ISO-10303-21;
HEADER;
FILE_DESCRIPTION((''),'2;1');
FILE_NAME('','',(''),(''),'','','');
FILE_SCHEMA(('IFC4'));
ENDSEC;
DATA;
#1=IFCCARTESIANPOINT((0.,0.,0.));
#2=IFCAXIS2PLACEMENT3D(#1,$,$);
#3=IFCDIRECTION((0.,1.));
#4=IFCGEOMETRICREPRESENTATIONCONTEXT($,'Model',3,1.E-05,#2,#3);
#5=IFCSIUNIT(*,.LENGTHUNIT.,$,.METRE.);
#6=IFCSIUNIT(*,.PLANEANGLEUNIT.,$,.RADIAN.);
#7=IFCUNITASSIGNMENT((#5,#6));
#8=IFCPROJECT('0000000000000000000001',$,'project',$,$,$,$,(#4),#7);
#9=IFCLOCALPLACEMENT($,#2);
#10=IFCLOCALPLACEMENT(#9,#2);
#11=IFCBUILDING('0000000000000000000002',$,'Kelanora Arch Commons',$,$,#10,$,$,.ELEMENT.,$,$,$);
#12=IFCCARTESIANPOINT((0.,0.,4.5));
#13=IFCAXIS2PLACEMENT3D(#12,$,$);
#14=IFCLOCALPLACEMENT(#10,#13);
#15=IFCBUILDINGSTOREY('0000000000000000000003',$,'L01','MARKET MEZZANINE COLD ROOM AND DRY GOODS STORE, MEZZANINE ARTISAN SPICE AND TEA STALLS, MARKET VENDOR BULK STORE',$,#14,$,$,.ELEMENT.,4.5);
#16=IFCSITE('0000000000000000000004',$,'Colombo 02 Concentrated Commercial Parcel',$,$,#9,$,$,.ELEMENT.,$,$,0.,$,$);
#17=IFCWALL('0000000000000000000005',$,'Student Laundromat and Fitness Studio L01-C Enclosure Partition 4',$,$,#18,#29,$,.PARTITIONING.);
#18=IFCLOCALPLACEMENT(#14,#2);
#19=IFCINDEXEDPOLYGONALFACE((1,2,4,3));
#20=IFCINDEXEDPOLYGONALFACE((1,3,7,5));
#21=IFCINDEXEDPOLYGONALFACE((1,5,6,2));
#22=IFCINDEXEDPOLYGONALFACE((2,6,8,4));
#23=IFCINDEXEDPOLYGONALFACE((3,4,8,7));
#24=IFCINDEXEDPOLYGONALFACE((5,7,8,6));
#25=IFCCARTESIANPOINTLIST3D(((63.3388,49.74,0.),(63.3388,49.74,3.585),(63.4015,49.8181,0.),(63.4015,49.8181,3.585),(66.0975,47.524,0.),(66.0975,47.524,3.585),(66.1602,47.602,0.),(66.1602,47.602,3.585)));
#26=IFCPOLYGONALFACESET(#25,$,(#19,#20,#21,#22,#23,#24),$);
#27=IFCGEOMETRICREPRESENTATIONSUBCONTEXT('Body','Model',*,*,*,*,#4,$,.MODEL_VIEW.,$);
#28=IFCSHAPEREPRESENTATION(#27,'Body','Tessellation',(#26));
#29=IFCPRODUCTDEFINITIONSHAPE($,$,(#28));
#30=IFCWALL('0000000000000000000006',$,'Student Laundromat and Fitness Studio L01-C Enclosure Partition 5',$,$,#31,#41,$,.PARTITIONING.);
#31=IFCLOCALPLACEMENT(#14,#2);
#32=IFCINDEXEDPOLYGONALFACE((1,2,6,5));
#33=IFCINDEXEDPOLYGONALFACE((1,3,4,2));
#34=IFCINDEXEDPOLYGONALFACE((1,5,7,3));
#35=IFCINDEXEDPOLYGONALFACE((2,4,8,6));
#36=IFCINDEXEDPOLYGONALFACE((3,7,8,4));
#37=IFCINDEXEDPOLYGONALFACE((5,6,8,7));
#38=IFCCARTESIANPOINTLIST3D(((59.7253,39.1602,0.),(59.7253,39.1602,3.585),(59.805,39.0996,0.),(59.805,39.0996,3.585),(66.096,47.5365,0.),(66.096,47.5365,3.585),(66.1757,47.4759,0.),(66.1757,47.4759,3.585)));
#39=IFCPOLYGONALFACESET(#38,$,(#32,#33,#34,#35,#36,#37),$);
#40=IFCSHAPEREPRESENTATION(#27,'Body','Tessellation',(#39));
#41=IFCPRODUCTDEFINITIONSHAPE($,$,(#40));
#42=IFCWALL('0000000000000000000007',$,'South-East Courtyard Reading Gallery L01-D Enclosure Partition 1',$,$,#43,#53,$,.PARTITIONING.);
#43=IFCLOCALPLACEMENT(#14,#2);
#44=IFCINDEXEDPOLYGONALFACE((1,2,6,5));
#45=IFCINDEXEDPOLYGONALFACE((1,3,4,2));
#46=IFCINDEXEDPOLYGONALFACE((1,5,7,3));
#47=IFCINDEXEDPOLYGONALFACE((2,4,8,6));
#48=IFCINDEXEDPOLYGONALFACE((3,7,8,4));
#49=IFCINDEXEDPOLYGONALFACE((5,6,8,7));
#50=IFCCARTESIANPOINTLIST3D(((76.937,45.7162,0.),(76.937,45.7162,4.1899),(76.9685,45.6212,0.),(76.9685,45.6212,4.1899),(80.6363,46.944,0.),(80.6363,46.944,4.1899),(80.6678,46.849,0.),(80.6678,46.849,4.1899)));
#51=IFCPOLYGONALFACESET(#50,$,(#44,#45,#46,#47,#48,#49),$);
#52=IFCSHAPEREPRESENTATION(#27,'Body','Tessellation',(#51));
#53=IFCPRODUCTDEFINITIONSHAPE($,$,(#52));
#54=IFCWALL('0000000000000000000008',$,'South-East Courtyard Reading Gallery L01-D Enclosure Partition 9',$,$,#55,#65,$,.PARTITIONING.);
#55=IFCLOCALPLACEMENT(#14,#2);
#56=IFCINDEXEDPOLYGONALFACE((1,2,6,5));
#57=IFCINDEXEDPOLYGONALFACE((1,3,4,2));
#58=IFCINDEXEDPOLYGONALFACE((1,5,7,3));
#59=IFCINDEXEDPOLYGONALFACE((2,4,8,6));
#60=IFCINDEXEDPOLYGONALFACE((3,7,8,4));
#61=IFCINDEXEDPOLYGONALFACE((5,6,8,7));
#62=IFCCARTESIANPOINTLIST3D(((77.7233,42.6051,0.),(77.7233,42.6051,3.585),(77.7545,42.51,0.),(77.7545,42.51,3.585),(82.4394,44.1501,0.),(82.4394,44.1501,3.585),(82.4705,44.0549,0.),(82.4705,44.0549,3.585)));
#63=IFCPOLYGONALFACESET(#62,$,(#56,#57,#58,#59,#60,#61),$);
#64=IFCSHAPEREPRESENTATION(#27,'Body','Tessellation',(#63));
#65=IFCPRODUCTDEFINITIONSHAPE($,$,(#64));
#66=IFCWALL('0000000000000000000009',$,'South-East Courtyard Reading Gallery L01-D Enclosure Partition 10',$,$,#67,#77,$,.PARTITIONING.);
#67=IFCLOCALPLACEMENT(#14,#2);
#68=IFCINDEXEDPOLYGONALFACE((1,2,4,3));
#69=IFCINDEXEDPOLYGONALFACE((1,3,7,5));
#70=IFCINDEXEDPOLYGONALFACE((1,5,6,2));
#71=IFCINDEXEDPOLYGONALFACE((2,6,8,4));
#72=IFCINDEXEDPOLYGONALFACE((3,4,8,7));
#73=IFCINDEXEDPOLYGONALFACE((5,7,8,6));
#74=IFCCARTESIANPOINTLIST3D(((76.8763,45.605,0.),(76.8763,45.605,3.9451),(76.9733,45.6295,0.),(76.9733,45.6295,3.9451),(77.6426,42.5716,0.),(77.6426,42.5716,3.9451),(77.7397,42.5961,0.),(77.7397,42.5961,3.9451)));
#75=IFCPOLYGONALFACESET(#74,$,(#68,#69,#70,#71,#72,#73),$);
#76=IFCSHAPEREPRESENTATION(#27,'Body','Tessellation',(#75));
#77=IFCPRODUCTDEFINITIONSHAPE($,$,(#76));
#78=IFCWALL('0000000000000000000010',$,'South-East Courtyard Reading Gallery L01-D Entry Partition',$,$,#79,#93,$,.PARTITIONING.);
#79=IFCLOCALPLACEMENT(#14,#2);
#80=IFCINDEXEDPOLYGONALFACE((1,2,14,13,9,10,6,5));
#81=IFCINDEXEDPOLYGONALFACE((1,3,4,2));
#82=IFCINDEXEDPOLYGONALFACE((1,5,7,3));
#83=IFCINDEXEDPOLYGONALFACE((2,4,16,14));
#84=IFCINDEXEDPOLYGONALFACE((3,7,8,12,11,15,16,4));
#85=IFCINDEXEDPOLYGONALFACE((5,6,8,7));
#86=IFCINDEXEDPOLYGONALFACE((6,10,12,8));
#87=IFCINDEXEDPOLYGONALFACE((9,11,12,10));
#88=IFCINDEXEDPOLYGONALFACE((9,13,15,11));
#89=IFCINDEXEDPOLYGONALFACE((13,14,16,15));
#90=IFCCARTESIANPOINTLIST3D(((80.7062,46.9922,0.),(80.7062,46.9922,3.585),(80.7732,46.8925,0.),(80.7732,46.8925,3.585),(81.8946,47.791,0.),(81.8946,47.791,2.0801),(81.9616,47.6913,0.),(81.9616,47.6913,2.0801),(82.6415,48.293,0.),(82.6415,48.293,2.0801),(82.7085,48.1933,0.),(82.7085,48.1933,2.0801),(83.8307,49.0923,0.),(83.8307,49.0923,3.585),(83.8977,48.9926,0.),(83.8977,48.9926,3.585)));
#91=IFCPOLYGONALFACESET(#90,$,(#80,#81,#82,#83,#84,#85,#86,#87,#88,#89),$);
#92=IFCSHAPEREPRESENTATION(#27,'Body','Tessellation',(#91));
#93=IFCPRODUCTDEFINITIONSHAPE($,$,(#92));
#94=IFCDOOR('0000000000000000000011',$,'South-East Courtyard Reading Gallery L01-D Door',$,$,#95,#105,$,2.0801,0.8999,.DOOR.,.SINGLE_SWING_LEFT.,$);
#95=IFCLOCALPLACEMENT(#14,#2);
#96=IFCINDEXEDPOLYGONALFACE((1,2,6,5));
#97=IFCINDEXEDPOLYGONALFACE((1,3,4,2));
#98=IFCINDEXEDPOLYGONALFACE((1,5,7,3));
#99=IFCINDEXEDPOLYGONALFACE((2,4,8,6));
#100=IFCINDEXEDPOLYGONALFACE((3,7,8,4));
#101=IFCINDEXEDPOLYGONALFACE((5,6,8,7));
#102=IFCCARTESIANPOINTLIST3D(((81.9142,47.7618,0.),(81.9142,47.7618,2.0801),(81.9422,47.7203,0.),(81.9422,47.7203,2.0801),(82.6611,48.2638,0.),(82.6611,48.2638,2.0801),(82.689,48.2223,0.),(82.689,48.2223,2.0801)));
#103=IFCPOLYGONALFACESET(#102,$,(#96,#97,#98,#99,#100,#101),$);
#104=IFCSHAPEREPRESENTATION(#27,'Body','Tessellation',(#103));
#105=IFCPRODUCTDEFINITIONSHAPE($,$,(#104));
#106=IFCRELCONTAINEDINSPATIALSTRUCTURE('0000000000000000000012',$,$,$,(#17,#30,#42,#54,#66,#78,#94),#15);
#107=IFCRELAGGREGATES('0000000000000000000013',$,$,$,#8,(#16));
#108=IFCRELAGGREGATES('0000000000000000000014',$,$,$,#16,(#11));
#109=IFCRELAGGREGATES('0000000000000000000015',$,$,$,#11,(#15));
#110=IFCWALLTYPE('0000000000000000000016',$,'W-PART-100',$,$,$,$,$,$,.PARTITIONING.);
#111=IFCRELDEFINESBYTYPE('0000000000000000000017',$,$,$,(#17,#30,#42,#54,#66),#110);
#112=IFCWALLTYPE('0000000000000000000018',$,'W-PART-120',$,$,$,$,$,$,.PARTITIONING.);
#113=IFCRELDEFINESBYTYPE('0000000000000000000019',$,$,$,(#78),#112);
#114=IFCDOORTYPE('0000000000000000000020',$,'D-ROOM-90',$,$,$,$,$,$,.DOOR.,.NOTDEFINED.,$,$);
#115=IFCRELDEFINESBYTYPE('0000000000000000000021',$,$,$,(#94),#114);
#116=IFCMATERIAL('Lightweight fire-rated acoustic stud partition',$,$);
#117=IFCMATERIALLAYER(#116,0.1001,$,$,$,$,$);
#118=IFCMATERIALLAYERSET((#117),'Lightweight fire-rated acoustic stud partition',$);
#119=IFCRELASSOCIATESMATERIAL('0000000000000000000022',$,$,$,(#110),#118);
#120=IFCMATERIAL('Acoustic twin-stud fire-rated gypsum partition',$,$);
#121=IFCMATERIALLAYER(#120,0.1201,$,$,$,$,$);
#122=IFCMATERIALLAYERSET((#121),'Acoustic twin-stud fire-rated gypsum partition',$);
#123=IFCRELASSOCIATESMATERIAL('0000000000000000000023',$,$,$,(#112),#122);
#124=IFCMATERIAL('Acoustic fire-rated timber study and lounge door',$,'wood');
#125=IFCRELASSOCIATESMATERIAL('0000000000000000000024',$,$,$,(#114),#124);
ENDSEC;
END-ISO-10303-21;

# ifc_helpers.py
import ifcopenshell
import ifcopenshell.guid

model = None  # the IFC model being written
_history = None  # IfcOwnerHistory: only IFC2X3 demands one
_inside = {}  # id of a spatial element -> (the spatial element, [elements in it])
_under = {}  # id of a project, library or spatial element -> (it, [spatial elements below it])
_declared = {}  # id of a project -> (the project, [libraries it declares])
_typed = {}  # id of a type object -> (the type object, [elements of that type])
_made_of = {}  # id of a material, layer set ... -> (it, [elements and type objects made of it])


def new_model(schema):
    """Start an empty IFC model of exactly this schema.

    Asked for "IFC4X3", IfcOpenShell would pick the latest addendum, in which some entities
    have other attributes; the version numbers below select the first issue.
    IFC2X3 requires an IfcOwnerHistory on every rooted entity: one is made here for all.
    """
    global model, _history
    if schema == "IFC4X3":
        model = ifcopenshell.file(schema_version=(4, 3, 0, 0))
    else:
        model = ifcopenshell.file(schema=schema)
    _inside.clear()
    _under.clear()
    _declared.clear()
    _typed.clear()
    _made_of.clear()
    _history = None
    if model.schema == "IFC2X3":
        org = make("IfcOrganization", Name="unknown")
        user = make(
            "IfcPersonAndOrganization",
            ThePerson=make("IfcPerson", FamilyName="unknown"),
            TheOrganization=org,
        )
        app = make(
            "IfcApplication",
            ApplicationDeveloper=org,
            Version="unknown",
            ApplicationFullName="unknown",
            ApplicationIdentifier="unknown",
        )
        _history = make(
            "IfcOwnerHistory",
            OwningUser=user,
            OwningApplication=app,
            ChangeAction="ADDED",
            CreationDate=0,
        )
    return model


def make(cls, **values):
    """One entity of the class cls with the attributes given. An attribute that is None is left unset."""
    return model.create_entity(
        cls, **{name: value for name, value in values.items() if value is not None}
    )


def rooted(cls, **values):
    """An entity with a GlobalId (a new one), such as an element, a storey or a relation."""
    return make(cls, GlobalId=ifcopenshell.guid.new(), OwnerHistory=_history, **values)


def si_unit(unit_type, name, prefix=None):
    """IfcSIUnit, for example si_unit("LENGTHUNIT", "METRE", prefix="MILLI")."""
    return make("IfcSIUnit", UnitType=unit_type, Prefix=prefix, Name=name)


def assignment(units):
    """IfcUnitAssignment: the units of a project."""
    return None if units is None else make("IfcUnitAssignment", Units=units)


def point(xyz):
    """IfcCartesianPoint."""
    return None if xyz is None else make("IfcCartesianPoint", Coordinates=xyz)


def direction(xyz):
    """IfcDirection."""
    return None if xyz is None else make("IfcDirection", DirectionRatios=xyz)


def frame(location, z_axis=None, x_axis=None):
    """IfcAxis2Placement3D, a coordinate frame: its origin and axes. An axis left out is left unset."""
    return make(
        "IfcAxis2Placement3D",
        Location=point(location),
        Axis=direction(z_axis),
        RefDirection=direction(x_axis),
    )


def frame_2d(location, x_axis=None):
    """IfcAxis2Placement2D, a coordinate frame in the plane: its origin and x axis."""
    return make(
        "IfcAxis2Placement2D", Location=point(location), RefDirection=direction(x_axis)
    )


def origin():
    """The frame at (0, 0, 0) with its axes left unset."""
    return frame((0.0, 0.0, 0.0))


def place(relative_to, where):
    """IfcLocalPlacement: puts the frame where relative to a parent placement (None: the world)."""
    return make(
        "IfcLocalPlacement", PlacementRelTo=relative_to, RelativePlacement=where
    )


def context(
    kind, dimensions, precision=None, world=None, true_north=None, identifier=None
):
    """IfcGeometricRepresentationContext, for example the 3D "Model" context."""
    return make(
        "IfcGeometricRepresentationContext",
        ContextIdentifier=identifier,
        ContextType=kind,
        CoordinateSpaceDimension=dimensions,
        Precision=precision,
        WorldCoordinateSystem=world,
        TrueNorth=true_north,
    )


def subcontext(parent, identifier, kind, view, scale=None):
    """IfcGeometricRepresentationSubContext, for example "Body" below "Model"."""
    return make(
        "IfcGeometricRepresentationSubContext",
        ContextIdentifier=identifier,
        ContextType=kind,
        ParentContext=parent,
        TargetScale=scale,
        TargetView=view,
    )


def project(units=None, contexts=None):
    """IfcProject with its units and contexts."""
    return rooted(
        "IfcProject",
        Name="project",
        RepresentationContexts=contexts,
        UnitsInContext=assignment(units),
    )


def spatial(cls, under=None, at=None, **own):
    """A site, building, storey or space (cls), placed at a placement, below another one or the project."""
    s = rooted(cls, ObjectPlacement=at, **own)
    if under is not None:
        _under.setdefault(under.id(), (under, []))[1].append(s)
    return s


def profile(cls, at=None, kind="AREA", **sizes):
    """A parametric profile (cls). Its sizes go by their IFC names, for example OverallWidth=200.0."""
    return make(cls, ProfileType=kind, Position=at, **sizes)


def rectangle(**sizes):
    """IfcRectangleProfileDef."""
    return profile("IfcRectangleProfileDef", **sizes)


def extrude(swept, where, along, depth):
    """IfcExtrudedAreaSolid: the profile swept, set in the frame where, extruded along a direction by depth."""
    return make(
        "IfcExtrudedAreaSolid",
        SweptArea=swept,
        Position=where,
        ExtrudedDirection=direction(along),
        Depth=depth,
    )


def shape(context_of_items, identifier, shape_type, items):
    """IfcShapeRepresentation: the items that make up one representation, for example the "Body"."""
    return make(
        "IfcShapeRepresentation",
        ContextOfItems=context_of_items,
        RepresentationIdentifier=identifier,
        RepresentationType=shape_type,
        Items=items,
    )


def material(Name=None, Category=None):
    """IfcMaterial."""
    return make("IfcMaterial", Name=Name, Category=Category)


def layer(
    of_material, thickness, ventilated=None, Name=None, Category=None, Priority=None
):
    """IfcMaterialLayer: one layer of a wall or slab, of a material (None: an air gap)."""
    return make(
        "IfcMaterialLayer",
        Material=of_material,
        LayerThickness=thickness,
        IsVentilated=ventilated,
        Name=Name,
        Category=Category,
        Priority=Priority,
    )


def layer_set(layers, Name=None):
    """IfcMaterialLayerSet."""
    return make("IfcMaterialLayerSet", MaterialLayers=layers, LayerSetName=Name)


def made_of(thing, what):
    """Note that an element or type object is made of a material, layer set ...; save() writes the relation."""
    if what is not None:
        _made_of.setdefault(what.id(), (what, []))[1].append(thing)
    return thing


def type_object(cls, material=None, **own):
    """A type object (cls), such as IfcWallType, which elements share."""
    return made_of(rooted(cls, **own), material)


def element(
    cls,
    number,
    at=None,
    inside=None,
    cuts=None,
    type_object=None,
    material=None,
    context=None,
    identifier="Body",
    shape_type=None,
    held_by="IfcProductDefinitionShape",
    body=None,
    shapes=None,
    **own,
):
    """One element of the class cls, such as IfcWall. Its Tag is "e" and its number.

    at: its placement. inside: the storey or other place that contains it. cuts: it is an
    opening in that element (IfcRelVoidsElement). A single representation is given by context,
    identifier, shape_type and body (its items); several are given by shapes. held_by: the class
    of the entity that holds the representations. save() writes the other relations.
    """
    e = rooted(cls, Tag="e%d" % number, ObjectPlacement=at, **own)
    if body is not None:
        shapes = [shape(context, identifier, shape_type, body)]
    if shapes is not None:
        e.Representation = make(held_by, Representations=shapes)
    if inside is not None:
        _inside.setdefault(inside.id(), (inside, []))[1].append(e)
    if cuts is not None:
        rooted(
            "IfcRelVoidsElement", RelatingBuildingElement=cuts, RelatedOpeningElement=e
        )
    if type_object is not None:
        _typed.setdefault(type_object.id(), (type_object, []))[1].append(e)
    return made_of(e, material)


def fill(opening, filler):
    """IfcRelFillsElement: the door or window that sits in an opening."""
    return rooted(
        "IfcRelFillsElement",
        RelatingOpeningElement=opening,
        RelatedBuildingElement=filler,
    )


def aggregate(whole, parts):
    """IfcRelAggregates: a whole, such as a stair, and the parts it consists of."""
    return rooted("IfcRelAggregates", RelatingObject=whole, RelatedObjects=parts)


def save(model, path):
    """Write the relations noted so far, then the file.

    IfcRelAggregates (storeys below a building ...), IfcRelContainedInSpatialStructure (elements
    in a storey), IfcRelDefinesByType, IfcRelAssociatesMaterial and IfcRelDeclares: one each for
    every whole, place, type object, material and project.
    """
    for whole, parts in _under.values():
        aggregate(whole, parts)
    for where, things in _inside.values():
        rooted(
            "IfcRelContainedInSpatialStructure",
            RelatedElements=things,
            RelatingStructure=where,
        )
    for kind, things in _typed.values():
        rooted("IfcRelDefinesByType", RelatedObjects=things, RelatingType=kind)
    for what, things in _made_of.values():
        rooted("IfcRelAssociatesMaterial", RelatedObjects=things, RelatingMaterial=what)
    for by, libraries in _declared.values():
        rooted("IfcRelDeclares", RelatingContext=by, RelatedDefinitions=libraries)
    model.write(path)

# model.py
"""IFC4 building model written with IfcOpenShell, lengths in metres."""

from ifc_helpers import new_model, si_unit, direction, frame, frame_2d, origin, place, context, subcontext, project, spatial, rectangle, extrude, material, layer, layer_set, type_object, element, fill, save


model = new_model("IFC4")

# Units and contexts
model_context = context("Model", 3, precision=1e-05, world=origin(), true_north=direction((0.0, 1.0)))
body_context = subcontext(model_context, "Body", "Model", "MODEL_VIEW")
ifc_project = project(units=[si_unit("LENGTHUNIT", "METRE"), si_unit("PLANEANGLEUNIT", "RADIAN")], contexts=[model_context])

# Site, building, storey
site_placement = place(None, origin())
site = spatial("IfcSite", under=ifc_project, at=site_placement, Name="Colombo 02 Concentrated Commercial Parcel", CompositionType="ELEMENT", RefElevation=0.0)
building_placement = place(site_placement, origin())
building = spatial("IfcBuilding", under=site, at=building_placement, Name="Kelanora Arch Commons", CompositionType="ELEMENT")
storey_placement = place(building_placement, frame((0.0, 0.0, 4.5)))
storey = spatial("IfcBuildingStorey", under=building, at=storey_placement, Name="L01", Description="MARKET MEZZANINE COLD ROOM AND DRY GOODS STORE, MEZZANINE ARTISAN SPICE AND TEA STALLS, MARKET VENDOR BULK STORE", CompositionType="ELEMENT", Elevation=4.5)

# Walls
ifc_material_1 = material(Name="Lightweight fire-rated acoustic stud partition")
ifc_layer_1 = layer(ifc_material_1, 0.1001)
ifc_layer_set_1 = layer_set([ifc_layer_1], Name="Lightweight fire-rated acoustic stud partition")
wall_type_1 = type_object("IfcWallType", Name="W-PART-100", PredefinedType="PARTITIONING", material=ifc_layer_set_1)
wall_1_placement = place(storey_placement, frame((63.3701, 49.7791, 0.0), z_axis=(0.0, 0.0, 1.0), x_axis=(0.779622, -0.62625, 0.0)))
element("IfcWall", 1, at=wall_1_placement, inside=storey, type_object=wall_type_1, Name="Student Laundromat and Fitness Studio L01-C Enclosure Partition 4", PredefinedType="PARTITIONING", context=body_context, shape_type="SweptSolid", body=[
    extrude(rectangle(XDim=3.5386, YDim=0.1001, at=frame_2d((1.7693, 0.0))), origin(), (0.0, 0.0, 1.0), 3.585),
])
wall_2_placement = place(storey_placement, frame((66.1357, 47.5061, 0.0), z_axis=(0.0, 0.0, 1.0), x_axis=(-0.605365, -0.795948, 0.0)))
element("IfcWall", 2, at=wall_2_placement, inside=storey, type_object=wall_type_1, Name="Student Laundromat and Fitness Studio L01-C Enclosure Partition 5", PredefinedType="PARTITIONING", context=body_context, shape_type="SweptSolid", body=[
    extrude(rectangle(XDim=10.5237, YDim=0.1001, at=frame_2d((5.2617, 0.0))), origin(), (0.0, 0.0, 1.0), 3.585),
])
wall_3_placement = place(storey_placement, frame((76.9529, 45.6687, 0.0), z_axis=(0.0, 0.0, 1.0), x_axis=(0.94909, 0.315006, 0.0)))
element("IfcWall", 3, at=wall_3_placement, inside=storey, type_object=wall_type_1, Name="South-East Courtyard Reading Gallery L01-D Enclosure Partition 1", PredefinedType="PARTITIONING", context=body_context, shape_type="SweptSolid", body=[
    extrude(rectangle(XDim=3.8977, YDim=0.1001, at=frame_2d((1.9487, 0.0))), origin(), (0.0, 0.0, 1.0), 4.1899),
])
wall_4_placement = place(storey_placement, frame((82.4551, 44.1025, 0.0), z_axis=(0.0, 0.0, 1.0), x_axis=(-0.950309, -0.311309, 0.0)))
element("IfcWall", 4, at=wall_4_placement, inside=storey, type_object=wall_type_1, Name="South-East Courtyard Reading Gallery L01-D Enclosure Partition 9", PredefinedType="PARTITIONING", context=body_context, shape_type="SweptSolid", body=[
    extrude(rectangle(XDim=4.9626, YDim=0.1001, at=frame_2d((2.4814, 0.0))), origin(), (0.0, 0.0, 1.0), 3.585),
])
wall_5_placement = place(storey_placement, frame((77.6912, 42.5837, 0.0), z_axis=(0.0, 0.0, 1.0), x_axis=(-0.24494, 0.969538, 0.0)))
element("IfcWall", 5, at=wall_5_placement, inside=storey, type_object=wall_type_1, Name="South-East Courtyard Reading Gallery L01-D Enclosure Partition 10", PredefinedType="PARTITIONING", context=body_context, shape_type="SweptSolid", body=[
    extrude(rectangle(XDim=3.1287, YDim=0.1001, at=frame_2d((1.5645, 0.0))), origin(), (0.0, 0.0, 1.0), 3.9451),
])

# Wall, opening, door
ifc_material_2 = material(Name="Acoustic twin-stud fire-rated gypsum partition")
ifc_layer_2 = layer(ifc_material_2, 0.1201)
ifc_layer_set_2 = layer_set([ifc_layer_2], Name="Acoustic twin-stud fire-rated gypsum partition")
wall_type_2 = type_object("IfcWallType", Name="W-PART-120", PredefinedType="PARTITIONING", material=ifc_layer_set_2)
wall_6_placement = place(storey_placement, frame((80.7397, 46.9424, 0.0), z_axis=(0.0, 0.0, 1.0), x_axis=(0.829949, 0.557839, 0.0)))
wall_6 = element("IfcWall", 6, at=wall_6_placement, inside=storey, type_object=wall_type_2, Name="South-East Courtyard Reading Gallery L01-D Entry Partition", PredefinedType="PARTITIONING", context=body_context, shape_type="SweptSolid", body=[
    extrude(rectangle(XDim=3.7646, YDim=0.1201, at=frame_2d((1.8823, 0.0))), origin(), (0.0, 0.0, 1.0), 3.585),
])
opening_1_placement = place(wall_6_placement, frame((1.4319, 0.0, 0.0)))
opening_1 = element("IfcOpeningElement", 7, at=opening_1_placement, cuts=wall_6, PredefinedType="OPENING", context=body_context, shape_type="SweptSolid", body=[
    extrude(rectangle(XDim=0.8999, YDim=2.0801, at=frame_2d((0.45, 1.04))), frame((0.0, 0.0701, 0.0), z_axis=(0.0, -1.0, 0.0), x_axis=(1.0, 0.0, 0.0)), (0.0, 0.0, 1.0), 0.1401),
])
ifc_material_3 = material(Name="Acoustic fire-rated timber study and lounge door", Category="wood")
door_type_1 = type_object("IfcDoorType", Name="D-ROOM-90", OperationType="NOTDEFINED", PredefinedType="DOOR", material=ifc_material_3)
door_1_placement = place(opening_1_placement, origin())
door_1 = element("IfcDoor", 8, at=door_1_placement, inside=storey, type_object=door_type_1, Name="South-East Courtyard Reading Gallery L01-D Door", OperationType="SINGLE_SWING_LEFT", OverallHeight=2.0801, OverallWidth=0.8999, PredefinedType="DOOR", context=body_context, shape_type="SweptSolid", body=[
    extrude(rectangle(XDim=0.8999, YDim=2.0801, at=frame_2d((0.45, 1.04))), frame((0.0, 0.0249, 0.0), z_axis=(0.0, -1.0, 0.0), x_axis=(1.0, 0.0, 0.0)), (0.0, 0.0, 1.0), 0.05),
])
fill(opening_1, door_1)

save(model, "model.ifc")
